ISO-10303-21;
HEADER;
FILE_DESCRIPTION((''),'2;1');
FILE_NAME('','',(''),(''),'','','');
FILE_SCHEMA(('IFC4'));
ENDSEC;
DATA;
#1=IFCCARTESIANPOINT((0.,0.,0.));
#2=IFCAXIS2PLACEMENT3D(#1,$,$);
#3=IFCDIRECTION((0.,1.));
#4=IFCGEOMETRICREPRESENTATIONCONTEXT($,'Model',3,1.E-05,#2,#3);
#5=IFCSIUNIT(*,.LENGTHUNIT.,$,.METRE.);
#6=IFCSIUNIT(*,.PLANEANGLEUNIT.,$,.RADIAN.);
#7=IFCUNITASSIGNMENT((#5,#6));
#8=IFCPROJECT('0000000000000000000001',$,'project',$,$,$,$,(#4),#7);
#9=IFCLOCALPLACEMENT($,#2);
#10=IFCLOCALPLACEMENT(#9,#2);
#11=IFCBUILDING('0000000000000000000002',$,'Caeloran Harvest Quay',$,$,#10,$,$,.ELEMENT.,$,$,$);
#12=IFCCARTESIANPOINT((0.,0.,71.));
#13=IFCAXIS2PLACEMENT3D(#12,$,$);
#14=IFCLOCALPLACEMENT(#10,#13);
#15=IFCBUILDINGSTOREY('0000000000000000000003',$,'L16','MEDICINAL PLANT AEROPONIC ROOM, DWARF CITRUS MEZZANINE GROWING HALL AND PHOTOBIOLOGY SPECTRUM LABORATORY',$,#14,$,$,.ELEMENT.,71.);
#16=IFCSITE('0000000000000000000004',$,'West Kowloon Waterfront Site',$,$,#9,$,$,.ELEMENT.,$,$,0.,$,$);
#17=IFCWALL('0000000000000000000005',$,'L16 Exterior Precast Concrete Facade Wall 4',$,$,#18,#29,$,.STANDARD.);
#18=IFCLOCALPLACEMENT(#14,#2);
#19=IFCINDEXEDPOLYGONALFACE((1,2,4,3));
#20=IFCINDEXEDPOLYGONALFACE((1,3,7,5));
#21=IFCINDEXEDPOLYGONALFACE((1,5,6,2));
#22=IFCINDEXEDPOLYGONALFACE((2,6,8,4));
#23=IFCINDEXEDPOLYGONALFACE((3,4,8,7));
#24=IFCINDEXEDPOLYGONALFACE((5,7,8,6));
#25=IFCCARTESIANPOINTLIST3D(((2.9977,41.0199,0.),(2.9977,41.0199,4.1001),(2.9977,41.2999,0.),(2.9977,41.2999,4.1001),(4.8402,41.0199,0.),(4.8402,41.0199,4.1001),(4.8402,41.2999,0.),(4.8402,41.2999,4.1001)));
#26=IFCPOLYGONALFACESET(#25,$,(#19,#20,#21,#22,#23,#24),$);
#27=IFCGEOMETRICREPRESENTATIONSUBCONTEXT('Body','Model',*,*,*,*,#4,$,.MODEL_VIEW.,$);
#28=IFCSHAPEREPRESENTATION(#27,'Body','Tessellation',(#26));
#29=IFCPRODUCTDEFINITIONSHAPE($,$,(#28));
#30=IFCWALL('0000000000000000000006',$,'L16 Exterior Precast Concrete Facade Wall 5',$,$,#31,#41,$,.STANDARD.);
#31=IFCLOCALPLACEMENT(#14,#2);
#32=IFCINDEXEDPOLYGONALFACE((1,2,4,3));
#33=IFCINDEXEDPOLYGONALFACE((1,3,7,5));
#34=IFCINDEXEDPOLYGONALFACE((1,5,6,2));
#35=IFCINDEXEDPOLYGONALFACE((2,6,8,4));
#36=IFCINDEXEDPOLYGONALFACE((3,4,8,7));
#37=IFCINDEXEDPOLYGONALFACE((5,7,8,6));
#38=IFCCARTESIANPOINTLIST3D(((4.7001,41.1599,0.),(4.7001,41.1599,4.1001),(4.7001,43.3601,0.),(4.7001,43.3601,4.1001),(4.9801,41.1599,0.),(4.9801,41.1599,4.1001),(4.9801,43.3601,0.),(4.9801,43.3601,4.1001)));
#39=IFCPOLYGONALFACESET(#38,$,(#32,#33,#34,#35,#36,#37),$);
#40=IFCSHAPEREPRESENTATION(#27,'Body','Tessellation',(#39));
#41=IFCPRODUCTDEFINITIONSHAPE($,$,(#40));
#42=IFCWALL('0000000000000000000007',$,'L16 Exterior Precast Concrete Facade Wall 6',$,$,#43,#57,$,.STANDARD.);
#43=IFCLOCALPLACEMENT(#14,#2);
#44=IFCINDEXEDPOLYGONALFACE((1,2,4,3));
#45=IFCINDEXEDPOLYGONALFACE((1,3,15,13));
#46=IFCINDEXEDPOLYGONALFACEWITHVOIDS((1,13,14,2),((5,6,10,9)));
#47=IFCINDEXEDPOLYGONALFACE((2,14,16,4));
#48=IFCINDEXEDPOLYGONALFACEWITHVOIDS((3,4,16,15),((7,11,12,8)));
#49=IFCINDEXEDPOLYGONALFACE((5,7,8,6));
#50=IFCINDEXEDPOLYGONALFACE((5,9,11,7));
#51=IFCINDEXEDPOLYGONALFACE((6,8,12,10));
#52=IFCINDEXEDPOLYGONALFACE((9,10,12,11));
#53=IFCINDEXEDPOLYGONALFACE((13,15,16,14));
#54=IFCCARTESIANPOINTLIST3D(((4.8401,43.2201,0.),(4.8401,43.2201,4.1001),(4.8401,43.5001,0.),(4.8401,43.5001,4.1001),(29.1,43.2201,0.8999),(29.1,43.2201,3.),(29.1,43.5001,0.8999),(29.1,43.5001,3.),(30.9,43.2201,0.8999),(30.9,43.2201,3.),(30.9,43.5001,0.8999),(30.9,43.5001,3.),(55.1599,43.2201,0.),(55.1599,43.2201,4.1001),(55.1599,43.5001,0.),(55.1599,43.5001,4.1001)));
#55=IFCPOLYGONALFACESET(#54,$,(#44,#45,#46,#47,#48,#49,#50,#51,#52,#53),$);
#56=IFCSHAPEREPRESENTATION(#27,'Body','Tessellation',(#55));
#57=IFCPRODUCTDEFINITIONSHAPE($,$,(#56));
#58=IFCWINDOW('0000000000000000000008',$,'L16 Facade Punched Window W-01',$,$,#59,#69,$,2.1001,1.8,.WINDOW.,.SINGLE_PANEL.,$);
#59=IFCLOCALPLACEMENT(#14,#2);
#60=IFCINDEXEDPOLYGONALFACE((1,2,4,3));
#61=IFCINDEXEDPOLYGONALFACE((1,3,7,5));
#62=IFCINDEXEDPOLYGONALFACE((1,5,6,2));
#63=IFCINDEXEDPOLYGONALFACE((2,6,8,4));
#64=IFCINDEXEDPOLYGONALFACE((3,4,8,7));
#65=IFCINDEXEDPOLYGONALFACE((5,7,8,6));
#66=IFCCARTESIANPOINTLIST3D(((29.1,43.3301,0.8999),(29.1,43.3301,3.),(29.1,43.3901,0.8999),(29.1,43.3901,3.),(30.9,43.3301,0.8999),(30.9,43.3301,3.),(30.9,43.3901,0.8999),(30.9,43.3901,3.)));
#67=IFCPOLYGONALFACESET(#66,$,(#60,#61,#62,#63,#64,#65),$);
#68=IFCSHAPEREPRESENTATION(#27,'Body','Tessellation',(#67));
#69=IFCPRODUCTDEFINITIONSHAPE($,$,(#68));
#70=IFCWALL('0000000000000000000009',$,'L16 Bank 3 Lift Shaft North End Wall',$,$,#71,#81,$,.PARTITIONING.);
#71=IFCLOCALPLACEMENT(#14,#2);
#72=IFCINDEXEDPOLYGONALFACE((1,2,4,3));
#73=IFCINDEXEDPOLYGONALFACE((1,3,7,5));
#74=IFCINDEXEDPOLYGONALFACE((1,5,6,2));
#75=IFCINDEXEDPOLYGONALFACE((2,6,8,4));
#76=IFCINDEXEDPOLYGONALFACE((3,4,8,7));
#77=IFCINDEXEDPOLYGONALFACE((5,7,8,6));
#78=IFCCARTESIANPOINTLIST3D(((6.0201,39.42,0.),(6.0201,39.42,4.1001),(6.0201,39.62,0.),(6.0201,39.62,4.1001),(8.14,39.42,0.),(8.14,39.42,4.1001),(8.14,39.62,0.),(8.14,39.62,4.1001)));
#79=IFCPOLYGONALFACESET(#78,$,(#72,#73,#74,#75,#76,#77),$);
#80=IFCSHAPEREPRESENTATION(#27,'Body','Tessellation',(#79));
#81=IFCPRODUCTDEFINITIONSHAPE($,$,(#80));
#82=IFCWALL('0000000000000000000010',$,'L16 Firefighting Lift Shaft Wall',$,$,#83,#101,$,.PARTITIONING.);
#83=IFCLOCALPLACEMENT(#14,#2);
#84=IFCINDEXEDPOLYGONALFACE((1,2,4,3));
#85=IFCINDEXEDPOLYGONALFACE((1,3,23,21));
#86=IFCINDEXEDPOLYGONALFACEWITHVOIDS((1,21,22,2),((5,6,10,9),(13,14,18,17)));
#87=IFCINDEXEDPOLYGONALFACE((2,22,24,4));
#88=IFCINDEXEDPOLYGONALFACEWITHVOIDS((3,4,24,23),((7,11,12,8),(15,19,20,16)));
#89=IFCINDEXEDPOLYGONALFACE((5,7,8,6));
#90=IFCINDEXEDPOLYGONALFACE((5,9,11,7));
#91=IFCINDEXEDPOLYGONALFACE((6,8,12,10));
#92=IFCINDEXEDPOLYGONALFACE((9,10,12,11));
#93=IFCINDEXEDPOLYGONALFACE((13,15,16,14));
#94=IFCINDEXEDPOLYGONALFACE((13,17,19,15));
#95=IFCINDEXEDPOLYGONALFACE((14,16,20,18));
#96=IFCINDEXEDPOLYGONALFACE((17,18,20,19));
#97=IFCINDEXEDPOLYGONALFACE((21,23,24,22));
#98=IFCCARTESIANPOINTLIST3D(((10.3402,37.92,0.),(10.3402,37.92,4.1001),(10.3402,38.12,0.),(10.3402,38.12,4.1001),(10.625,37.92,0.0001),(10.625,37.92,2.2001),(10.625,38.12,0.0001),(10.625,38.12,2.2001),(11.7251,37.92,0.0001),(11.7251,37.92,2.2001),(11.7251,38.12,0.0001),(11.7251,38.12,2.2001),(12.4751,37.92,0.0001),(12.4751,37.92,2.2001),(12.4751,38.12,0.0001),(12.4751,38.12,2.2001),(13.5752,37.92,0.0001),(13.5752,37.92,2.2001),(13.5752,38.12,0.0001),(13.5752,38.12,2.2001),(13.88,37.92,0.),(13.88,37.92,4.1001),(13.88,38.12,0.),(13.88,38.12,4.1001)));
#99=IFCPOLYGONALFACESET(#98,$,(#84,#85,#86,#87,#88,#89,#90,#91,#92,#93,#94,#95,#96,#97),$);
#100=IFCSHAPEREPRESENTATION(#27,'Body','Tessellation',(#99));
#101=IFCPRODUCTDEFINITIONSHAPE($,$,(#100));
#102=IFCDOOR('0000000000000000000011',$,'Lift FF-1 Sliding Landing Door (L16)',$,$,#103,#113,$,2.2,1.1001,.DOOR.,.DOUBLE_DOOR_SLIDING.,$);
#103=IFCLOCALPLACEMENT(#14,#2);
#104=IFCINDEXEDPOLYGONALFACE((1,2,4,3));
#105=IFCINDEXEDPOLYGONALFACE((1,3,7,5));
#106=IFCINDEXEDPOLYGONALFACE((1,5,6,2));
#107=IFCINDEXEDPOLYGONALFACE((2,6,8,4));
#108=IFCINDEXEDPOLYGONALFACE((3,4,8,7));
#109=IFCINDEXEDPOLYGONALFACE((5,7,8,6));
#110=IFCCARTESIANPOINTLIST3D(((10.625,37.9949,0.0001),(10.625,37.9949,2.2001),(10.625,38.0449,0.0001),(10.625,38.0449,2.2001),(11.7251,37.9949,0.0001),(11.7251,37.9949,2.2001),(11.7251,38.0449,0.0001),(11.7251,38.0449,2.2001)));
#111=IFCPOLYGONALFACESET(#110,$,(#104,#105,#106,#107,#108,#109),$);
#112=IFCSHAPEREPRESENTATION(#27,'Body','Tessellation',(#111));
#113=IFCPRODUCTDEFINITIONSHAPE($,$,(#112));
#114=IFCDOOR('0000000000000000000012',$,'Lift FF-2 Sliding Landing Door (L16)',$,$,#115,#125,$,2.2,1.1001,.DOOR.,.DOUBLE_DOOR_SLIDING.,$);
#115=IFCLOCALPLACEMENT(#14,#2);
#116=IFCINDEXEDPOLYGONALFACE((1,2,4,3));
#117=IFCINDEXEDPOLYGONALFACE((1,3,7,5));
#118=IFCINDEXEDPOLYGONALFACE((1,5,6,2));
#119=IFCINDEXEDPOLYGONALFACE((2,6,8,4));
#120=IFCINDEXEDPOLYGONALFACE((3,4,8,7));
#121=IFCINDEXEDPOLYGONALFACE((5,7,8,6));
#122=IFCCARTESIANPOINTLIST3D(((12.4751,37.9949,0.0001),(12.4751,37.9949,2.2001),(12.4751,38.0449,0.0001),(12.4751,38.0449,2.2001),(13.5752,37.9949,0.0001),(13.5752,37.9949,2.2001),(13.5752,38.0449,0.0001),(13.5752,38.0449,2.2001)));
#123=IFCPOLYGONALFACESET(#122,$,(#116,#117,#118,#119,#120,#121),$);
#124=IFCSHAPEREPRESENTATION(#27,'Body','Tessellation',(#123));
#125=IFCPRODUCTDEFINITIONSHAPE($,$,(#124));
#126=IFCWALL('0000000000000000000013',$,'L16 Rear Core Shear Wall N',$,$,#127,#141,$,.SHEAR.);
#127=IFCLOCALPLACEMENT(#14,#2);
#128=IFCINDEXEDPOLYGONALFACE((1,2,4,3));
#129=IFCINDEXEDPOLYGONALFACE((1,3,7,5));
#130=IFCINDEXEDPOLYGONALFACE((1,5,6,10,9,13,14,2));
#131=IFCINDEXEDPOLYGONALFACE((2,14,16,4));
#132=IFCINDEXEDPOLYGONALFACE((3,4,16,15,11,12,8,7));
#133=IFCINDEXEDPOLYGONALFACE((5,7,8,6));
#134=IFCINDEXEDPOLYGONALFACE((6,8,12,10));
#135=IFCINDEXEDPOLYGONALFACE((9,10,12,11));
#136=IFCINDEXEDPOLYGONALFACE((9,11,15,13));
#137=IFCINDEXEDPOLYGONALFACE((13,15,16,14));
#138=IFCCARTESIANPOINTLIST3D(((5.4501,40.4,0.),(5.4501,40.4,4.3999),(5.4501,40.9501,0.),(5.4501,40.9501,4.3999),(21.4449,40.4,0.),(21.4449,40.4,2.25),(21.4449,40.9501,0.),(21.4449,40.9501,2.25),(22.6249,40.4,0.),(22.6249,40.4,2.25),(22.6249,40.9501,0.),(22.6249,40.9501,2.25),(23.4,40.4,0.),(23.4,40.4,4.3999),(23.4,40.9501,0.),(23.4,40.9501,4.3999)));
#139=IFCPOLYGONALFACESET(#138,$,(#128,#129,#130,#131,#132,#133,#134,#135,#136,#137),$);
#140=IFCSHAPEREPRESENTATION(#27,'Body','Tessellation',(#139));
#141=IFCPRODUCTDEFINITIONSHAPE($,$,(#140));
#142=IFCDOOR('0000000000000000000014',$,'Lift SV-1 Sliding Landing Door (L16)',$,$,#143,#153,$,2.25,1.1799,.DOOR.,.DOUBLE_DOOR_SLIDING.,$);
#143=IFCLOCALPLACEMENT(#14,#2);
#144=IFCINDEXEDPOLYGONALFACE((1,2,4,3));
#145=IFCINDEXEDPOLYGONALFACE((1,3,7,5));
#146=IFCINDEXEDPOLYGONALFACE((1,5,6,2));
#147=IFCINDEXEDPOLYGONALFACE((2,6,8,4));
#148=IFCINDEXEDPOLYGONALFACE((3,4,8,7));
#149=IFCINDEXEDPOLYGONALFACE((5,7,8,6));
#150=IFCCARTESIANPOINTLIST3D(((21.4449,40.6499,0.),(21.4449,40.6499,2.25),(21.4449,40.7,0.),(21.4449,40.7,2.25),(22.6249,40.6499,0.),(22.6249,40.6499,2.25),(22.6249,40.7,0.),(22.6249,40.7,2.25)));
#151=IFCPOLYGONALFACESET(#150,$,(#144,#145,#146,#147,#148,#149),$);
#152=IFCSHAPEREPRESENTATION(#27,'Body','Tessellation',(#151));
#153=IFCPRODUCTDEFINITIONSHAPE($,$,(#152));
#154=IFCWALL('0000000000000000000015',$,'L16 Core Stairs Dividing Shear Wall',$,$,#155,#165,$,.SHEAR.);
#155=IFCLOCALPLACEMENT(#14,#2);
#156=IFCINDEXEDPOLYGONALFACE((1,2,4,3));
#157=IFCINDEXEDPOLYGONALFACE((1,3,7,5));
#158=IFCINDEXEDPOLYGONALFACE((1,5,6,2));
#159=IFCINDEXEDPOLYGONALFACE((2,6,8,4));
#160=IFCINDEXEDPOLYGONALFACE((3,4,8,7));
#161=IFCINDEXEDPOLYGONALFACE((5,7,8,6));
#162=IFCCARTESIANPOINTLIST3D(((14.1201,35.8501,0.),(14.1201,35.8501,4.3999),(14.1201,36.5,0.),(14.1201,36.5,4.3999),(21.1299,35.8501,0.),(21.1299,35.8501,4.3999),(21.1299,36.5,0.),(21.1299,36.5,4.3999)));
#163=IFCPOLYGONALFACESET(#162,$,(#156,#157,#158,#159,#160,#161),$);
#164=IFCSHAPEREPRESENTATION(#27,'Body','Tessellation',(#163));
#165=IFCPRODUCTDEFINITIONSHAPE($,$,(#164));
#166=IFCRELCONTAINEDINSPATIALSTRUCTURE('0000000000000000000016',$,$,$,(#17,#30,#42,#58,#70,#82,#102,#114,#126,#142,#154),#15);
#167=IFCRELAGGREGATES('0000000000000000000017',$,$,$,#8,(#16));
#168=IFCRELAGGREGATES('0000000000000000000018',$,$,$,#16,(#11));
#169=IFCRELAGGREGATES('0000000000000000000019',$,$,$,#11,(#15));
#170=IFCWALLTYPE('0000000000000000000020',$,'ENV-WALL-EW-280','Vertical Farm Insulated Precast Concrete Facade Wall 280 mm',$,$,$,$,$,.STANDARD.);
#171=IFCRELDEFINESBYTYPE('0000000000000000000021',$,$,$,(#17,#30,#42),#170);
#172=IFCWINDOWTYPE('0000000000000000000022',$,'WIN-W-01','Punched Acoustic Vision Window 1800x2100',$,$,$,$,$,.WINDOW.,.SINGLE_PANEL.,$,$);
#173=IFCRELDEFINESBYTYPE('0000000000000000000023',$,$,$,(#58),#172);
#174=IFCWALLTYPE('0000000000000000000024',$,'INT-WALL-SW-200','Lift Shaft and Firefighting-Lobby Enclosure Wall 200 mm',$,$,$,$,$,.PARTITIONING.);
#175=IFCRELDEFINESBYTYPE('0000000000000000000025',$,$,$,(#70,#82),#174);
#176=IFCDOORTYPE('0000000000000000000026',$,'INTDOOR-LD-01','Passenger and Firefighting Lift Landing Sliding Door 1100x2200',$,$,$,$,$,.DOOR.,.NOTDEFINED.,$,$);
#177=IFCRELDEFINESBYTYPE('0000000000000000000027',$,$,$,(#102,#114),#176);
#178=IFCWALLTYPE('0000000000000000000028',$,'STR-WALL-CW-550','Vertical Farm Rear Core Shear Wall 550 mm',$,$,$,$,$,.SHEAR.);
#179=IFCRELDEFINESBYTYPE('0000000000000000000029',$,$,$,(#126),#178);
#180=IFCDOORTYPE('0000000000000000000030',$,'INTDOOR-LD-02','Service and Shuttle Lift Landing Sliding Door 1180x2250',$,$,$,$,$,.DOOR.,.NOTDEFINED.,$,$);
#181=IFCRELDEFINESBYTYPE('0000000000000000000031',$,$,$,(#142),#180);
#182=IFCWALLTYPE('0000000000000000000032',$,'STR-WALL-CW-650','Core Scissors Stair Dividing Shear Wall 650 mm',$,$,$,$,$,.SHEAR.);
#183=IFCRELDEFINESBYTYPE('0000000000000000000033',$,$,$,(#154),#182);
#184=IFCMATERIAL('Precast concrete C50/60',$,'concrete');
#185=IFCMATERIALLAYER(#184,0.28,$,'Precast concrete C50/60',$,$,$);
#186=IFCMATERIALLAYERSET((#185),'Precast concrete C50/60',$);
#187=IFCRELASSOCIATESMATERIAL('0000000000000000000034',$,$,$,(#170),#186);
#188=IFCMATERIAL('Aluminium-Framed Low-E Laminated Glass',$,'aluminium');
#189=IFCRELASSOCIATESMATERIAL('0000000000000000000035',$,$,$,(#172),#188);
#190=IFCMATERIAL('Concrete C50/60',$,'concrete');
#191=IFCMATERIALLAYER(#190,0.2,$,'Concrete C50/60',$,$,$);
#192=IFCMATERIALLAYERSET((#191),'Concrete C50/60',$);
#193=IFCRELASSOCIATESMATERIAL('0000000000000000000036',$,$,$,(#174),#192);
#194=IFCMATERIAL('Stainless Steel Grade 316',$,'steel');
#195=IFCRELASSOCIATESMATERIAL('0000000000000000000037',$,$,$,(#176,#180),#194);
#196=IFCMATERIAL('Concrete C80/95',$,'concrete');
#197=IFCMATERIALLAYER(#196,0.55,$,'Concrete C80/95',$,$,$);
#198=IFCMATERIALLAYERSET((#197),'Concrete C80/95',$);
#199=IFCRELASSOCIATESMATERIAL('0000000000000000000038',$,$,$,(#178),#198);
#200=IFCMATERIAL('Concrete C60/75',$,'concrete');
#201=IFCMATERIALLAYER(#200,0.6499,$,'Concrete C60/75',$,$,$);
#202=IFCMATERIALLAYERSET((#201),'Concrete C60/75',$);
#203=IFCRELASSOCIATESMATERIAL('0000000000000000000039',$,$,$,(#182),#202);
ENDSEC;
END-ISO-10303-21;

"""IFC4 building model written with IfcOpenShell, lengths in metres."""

from ifc_helpers import new_model, si_unit, direction, frame, frame_2d, origin, place, context, subcontext, project, spatial, rectangle, extrude, material, layer, layer_set, type_object, element, fill, save


model = new_model("IFC4")

# Units and contexts
model_context = context("Model", 3, precision=1e-05, world=origin(), true_north=direction((0.0, 1.0)))
body_context = subcontext(model_context, "Body", "Model", "MODEL_VIEW")
ifc_project = project(units=[si_unit("LENGTHUNIT", "METRE"), si_unit("PLANEANGLEUNIT", "RADIAN")], contexts=[model_context])

# Site, building, storey
site_placement = place(None, origin())
site = spatial("IfcSite", under=ifc_project, at=site_placement, Name="West Kowloon Waterfront Site", CompositionType="ELEMENT", RefElevation=0.0)
building_placement = place(site_placement, origin())
building = spatial("IfcBuilding", under=site, at=building_placement, Name="Caeloran Harvest Quay", CompositionType="ELEMENT")
storey_placement = place(building_placement, frame((0.0, 0.0, 71.0)))
storey = spatial("IfcBuildingStorey", under=building, at=storey_placement, Name="L16", Description="MEDICINAL PLANT AEROPONIC ROOM, DWARF CITRUS MEZZANINE GROWING HALL AND PHOTOBIOLOGY SPECTRUM LABORATORY", CompositionType="ELEMENT", Elevation=71.0)

# Walls
ifc_material_1 = material(Name="Precast concrete C50/60", Category="concrete")
ifc_layer_1 = layer(ifc_material_1, 0.28, Name="Precast concrete C50/60")
ifc_layer_set_1 = layer_set([ifc_layer_1], Name="Precast concrete C50/60")
wall_type_1 = type_object("IfcWallType", Name="ENV-WALL-EW-280", Description="Vertical Farm Insulated Precast Concrete Facade Wall 280 mm", PredefinedType="STANDARD", material=ifc_layer_set_1)
wall_1_placement = place(storey_placement, frame((2.9976, 41.1599, 0.0), z_axis=(0.0, 0.0, 1.0), x_axis=(1.0, 0.0, 0.0)))
element("IfcWall", 1, at=wall_1_placement, inside=storey, type_object=wall_type_1, Name="L16 Exterior Precast Concrete Facade Wall 4", PredefinedType="STANDARD", context=body_context, shape_type="SweptSolid", body=[
    extrude(rectangle(XDim=1.8425, YDim=0.28, at=frame_2d((0.9214, 0.0))), origin(), (0.0, 0.0, 1.0), 4.1001),
])
wall_2_placement = place(storey_placement, frame((4.8401, 41.1599, 0.0), z_axis=(0.0, 0.0, 1.0), x_axis=(0.0, 1.0, 0.0)))
element("IfcWall", 2, at=wall_2_placement, inside=storey, type_object=wall_type_1, Name="L16 Exterior Precast Concrete Facade Wall 5", PredefinedType="STANDARD", context=body_context, shape_type="SweptSolid", body=[
    extrude(rectangle(XDim=2.2002, YDim=0.28, at=frame_2d((1.1001, 0.0))), origin(), (0.0, 0.0, 1.0), 4.1001),
])

# Wall, opening, window
wall_3_placement = place(storey_placement, frame((4.8401, 43.3601, 0.0), z_axis=(0.0, 0.0, 1.0), x_axis=(1.0, 0.0, 0.0)))
wall_3 = element("IfcWall", 3, at=wall_3_placement, inside=storey, type_object=wall_type_1, Name="L16 Exterior Precast Concrete Facade Wall 6", PredefinedType="STANDARD", context=body_context, shape_type="SweptSolid", body=[
    extrude(rectangle(XDim=50.3198, YDim=0.28, at=frame_2d((25.1599, 0.0))), origin(), (0.0, 0.0, 1.0), 4.1001),
])
opening_1_placement = place(wall_3_placement, frame((24.26, 0.0, 0.8999)))
opening_1 = element("IfcOpeningElement", 4, at=opening_1_placement, cuts=wall_3, PredefinedType="OPENING", context=body_context, shape_type="SweptSolid", body=[
    extrude(rectangle(XDim=1.8, YDim=2.1001, at=frame_2d((0.8999, 1.05))), frame((0.0, 0.1499, 0.0), z_axis=(0.0, -1.0, 0.0), x_axis=(1.0, 0.0, 0.0)), (0.0, 0.0, 1.0), 0.3),
])
ifc_material_2 = material(Name="Aluminium-Framed Low-E Laminated Glass", Category="aluminium")
window_type = type_object("IfcWindowType", Name="WIN-W-01", Description="Punched Acoustic Vision Window 1800x2100", PartitioningType="SINGLE_PANEL", PredefinedType="WINDOW", material=ifc_material_2)
window_placement = place(opening_1_placement, origin())
window = element("IfcWindow", 5, at=window_placement, inside=storey, type_object=window_type, Name="L16 Facade Punched Window W-01", OverallHeight=2.1001, OverallWidth=1.8, PartitioningType="SINGLE_PANEL", PredefinedType="WINDOW", context=body_context, shape_type="SweptSolid", body=[
    extrude(rectangle(XDim=1.8, YDim=2.1001, at=frame_2d((0.8999, 1.05))), frame((0.0, 0.03, 0.0), z_axis=(0.0, -1.0, 0.0), x_axis=(1.0, 0.0, 0.0)), (0.0, 0.0, 1.0), 0.0601),
])
fill(opening_1, window)

# Wall
ifc_material_3 = material(Name="Concrete C50/60", Category="concrete")
ifc_layer_2 = layer(ifc_material_3, 0.2, Name="Concrete C50/60")
ifc_layer_set_2 = layer_set([ifc_layer_2], Name="Concrete C50/60")
wall_type_2 = type_object("IfcWallType", Name="INT-WALL-SW-200", Description="Lift Shaft and Firefighting-Lobby Enclosure Wall 200 mm", PredefinedType="PARTITIONING", material=ifc_layer_set_2)
wall_4_placement = place(storey_placement, frame((6.02, 39.52, 0.0), z_axis=(0.0, 0.0, 1.0), x_axis=(1.0, 0.0, 0.0)))
element("IfcWall", 6, at=wall_4_placement, inside=storey, type_object=wall_type_2, Name="L16 Bank 3 Lift Shaft North End Wall", PredefinedType="PARTITIONING", context=body_context, shape_type="SweptSolid", body=[
    extrude(rectangle(XDim=2.1199, YDim=0.2, at=frame_2d((1.0601, 0.0))), origin(), (0.0, 0.0, 1.0), 4.1001),
])

# Wall, openings, doors
wall_5_placement = place(storey_placement, frame((10.3401, 38.02, 0.0), z_axis=(0.0, 0.0, 1.0), x_axis=(1.0, 0.0, 0.0)))
wall_5 = element("IfcWall", 7, at=wall_5_placement, inside=storey, type_object=wall_type_2, Name="L16 Firefighting Lift Shaft Wall", PredefinedType="PARTITIONING", context=body_context, shape_type="SweptSolid", body=[
    extrude(rectangle(XDim=3.5398, YDim=0.2, at=frame_2d((1.77, 0.0))), origin(), (0.0, 0.0, 1.0), 4.1001),
])
opening_2_placement = place(wall_5_placement, frame((0.2849, 0.0, 0.0)))
opening_2 = element("IfcOpeningElement", 8, at=opening_2_placement, cuts=wall_5, PredefinedType="OPENING", context=body_context, shape_type="SweptSolid", body=[
    extrude(rectangle(XDim=1.1001, YDim=2.2, at=frame_2d((0.55, 1.1001))), frame((0.0, 0.1099, 0.0), z_axis=(0.0, -1.0, 0.0), x_axis=(1.0, 0.0, 0.0)), (0.0, 0.0, 1.0), 0.22),
])
opening_3_placement = place(wall_5_placement, frame((2.135, 0.0, 0.0)))
opening_3 = element("IfcOpeningElement", 9, at=opening_3_placement, cuts=wall_5, PredefinedType="OPENING", context=body_context, shape_type="SweptSolid", body=[
    extrude(rectangle(XDim=1.1001, YDim=2.2, at=frame_2d((0.55, 1.1001))), frame((0.0, 0.1099, 0.0), z_axis=(0.0, -1.0, 0.0), x_axis=(1.0, 0.0, 0.0)), (0.0, 0.0, 1.0), 0.22),
])
ifc_material_4 = material(Name="Stainless Steel Grade 316", Category="steel")
door_type_1 = type_object("IfcDoorType", Name="INTDOOR-LD-01", Description="Passenger and Firefighting Lift Landing Sliding Door 1100x2200", OperationType="NOTDEFINED", PredefinedType="DOOR", material=ifc_material_4)
door_1_placement = place(opening_2_placement, origin())
door_1 = element("IfcDoor", 10, at=door_1_placement, inside=storey, type_object=door_type_1, Name="Lift FF-1 Sliding Landing Door (L16)", OperationType="DOUBLE_DOOR_SLIDING", OverallHeight=2.2, OverallWidth=1.1001, PredefinedType="DOOR", context=body_context, shape_type="SweptSolid", body=[
    extrude(rectangle(XDim=1.1001, YDim=2.2, at=frame_2d((0.55, 1.1001))), frame((0.0, 0.0249, 0.0), z_axis=(0.0, -1.0, 0.0), x_axis=(1.0, 0.0, 0.0)), (0.0, 0.0, 1.0), 0.05),
])
fill(opening_2, door_1)
door_2_placement = place(opening_3_placement, origin())
door_2 = element("IfcDoor", 11, at=door_2_placement, inside=storey, type_object=door_type_1, Name="Lift FF-2 Sliding Landing Door (L16)", OperationType="DOUBLE_DOOR_SLIDING", OverallHeight=2.2, OverallWidth=1.1001, PredefinedType="DOOR", context=body_context, shape_type="SweptSolid", body=[
    extrude(rectangle(XDim=1.1001, YDim=2.2, at=frame_2d((0.55, 1.1001))), frame((0.0, 0.0249, 0.0), z_axis=(0.0, -1.0, 0.0), x_axis=(1.0, 0.0, 0.0)), (0.0, 0.0, 1.0), 0.05),
])
fill(opening_3, door_2)

# Wall, opening, door
ifc_material_5 = material(Name="Concrete C80/95", Category="concrete")
ifc_layer_3 = layer(ifc_material_5, 0.55, Name="Concrete C80/95")
ifc_layer_set_3 = layer_set([ifc_layer_3], Name="Concrete C80/95")
wall_type_3 = type_object("IfcWallType", Name="STR-WALL-CW-550", Description="Vertical Farm Rear Core Shear Wall 550 mm", PredefinedType="SHEAR", material=ifc_layer_set_3)
wall_6_placement = place(storey_placement, frame((5.45, 40.675, 0.0), z_axis=(0.0, 0.0, 1.0), x_axis=(1.0, 0.0, 0.0)))
wall_6 = element("IfcWall", 12, at=wall_6_placement, inside=storey, type_object=wall_type_3, Name="L16 Rear Core Shear Wall N", PredefinedType="SHEAR", context=body_context, shape_type="SweptSolid", body=[
    extrude(rectangle(XDim=17.95, YDim=0.55, at=frame_2d((8.9751, 0.0))), origin(), (0.0, 0.0, 1.0), 4.3999),
])
opening_4_placement = place(wall_6_placement, frame((15.9951, 0.0, 0.0)))
opening_4 = element("IfcOpeningElement", 13, at=opening_4_placement, cuts=wall_6, PredefinedType="OPENING", context=body_context, shape_type="SweptSolid", body=[
    extrude(rectangle(XDim=1.1799, YDim=2.25, at=frame_2d((0.5898, 1.125))), frame((0.0, 0.2852, 0.0), z_axis=(0.0, -1.0, 0.0), x_axis=(1.0, 0.0, 0.0)), (0.0, 0.0, 1.0), 0.5701),
])
door_type_2 = type_object("IfcDoorType", Name="INTDOOR-LD-02", Description="Service and Shuttle Lift Landing Sliding Door 1180x2250", OperationType="NOTDEFINED", PredefinedType="DOOR", material=ifc_material_4)
door_3_placement = place(opening_4_placement, origin())
door_3 = element("IfcDoor", 14, at=door_3_placement, inside=storey, type_object=door_type_2, Name="Lift SV-1 Sliding Landing Door (L16)", OperationType="DOUBLE_DOOR_SLIDING", OverallHeight=2.25, OverallWidth=1.1799, PredefinedType="DOOR", context=body_context, shape_type="SweptSolid", body=[
    extrude(rectangle(XDim=1.1799, YDim=2.25, at=frame_2d((0.5898, 1.125))), frame((0.0, 0.0249, 0.0), z_axis=(0.0, -1.0, 0.0), x_axis=(1.0, 0.0, 0.0)), (0.0, 0.0, 1.0), 0.05),
])
fill(opening_4, door_3)

# Wall
ifc_material_6 = material(Name="Concrete C60/75", Category="concrete")
ifc_layer_4 = layer(ifc_material_6, 0.6499, Name="Concrete C60/75")
ifc_layer_set_4 = layer_set([ifc_layer_4], Name="Concrete C60/75")
wall_type_4 = type_object("IfcWallType", Name="STR-WALL-CW-650", Description="Core Scissors Stair Dividing Shear Wall 650 mm", PredefinedType="SHEAR", material=ifc_layer_set_4)
wall_7_placement = place(storey_placement, frame((14.1201, 36.175, 0.0), z_axis=(0.0, 0.0, 1.0), x_axis=(1.0, 0.0, 0.0)))
element("IfcWall", 15, at=wall_7_placement, inside=storey, type_object=wall_type_4, Name="L16 Core Stairs Dividing Shear Wall", PredefinedType="SHEAR", context=body_context, shape_type="SweptSolid", body=[
    extrude(rectangle(XDim=7.0098, YDim=0.6499, at=frame_2d((3.5049, 0.0))), origin(), (0.0, 0.0, 1.0), 4.3999),
])

save(model, "model.ifc")
